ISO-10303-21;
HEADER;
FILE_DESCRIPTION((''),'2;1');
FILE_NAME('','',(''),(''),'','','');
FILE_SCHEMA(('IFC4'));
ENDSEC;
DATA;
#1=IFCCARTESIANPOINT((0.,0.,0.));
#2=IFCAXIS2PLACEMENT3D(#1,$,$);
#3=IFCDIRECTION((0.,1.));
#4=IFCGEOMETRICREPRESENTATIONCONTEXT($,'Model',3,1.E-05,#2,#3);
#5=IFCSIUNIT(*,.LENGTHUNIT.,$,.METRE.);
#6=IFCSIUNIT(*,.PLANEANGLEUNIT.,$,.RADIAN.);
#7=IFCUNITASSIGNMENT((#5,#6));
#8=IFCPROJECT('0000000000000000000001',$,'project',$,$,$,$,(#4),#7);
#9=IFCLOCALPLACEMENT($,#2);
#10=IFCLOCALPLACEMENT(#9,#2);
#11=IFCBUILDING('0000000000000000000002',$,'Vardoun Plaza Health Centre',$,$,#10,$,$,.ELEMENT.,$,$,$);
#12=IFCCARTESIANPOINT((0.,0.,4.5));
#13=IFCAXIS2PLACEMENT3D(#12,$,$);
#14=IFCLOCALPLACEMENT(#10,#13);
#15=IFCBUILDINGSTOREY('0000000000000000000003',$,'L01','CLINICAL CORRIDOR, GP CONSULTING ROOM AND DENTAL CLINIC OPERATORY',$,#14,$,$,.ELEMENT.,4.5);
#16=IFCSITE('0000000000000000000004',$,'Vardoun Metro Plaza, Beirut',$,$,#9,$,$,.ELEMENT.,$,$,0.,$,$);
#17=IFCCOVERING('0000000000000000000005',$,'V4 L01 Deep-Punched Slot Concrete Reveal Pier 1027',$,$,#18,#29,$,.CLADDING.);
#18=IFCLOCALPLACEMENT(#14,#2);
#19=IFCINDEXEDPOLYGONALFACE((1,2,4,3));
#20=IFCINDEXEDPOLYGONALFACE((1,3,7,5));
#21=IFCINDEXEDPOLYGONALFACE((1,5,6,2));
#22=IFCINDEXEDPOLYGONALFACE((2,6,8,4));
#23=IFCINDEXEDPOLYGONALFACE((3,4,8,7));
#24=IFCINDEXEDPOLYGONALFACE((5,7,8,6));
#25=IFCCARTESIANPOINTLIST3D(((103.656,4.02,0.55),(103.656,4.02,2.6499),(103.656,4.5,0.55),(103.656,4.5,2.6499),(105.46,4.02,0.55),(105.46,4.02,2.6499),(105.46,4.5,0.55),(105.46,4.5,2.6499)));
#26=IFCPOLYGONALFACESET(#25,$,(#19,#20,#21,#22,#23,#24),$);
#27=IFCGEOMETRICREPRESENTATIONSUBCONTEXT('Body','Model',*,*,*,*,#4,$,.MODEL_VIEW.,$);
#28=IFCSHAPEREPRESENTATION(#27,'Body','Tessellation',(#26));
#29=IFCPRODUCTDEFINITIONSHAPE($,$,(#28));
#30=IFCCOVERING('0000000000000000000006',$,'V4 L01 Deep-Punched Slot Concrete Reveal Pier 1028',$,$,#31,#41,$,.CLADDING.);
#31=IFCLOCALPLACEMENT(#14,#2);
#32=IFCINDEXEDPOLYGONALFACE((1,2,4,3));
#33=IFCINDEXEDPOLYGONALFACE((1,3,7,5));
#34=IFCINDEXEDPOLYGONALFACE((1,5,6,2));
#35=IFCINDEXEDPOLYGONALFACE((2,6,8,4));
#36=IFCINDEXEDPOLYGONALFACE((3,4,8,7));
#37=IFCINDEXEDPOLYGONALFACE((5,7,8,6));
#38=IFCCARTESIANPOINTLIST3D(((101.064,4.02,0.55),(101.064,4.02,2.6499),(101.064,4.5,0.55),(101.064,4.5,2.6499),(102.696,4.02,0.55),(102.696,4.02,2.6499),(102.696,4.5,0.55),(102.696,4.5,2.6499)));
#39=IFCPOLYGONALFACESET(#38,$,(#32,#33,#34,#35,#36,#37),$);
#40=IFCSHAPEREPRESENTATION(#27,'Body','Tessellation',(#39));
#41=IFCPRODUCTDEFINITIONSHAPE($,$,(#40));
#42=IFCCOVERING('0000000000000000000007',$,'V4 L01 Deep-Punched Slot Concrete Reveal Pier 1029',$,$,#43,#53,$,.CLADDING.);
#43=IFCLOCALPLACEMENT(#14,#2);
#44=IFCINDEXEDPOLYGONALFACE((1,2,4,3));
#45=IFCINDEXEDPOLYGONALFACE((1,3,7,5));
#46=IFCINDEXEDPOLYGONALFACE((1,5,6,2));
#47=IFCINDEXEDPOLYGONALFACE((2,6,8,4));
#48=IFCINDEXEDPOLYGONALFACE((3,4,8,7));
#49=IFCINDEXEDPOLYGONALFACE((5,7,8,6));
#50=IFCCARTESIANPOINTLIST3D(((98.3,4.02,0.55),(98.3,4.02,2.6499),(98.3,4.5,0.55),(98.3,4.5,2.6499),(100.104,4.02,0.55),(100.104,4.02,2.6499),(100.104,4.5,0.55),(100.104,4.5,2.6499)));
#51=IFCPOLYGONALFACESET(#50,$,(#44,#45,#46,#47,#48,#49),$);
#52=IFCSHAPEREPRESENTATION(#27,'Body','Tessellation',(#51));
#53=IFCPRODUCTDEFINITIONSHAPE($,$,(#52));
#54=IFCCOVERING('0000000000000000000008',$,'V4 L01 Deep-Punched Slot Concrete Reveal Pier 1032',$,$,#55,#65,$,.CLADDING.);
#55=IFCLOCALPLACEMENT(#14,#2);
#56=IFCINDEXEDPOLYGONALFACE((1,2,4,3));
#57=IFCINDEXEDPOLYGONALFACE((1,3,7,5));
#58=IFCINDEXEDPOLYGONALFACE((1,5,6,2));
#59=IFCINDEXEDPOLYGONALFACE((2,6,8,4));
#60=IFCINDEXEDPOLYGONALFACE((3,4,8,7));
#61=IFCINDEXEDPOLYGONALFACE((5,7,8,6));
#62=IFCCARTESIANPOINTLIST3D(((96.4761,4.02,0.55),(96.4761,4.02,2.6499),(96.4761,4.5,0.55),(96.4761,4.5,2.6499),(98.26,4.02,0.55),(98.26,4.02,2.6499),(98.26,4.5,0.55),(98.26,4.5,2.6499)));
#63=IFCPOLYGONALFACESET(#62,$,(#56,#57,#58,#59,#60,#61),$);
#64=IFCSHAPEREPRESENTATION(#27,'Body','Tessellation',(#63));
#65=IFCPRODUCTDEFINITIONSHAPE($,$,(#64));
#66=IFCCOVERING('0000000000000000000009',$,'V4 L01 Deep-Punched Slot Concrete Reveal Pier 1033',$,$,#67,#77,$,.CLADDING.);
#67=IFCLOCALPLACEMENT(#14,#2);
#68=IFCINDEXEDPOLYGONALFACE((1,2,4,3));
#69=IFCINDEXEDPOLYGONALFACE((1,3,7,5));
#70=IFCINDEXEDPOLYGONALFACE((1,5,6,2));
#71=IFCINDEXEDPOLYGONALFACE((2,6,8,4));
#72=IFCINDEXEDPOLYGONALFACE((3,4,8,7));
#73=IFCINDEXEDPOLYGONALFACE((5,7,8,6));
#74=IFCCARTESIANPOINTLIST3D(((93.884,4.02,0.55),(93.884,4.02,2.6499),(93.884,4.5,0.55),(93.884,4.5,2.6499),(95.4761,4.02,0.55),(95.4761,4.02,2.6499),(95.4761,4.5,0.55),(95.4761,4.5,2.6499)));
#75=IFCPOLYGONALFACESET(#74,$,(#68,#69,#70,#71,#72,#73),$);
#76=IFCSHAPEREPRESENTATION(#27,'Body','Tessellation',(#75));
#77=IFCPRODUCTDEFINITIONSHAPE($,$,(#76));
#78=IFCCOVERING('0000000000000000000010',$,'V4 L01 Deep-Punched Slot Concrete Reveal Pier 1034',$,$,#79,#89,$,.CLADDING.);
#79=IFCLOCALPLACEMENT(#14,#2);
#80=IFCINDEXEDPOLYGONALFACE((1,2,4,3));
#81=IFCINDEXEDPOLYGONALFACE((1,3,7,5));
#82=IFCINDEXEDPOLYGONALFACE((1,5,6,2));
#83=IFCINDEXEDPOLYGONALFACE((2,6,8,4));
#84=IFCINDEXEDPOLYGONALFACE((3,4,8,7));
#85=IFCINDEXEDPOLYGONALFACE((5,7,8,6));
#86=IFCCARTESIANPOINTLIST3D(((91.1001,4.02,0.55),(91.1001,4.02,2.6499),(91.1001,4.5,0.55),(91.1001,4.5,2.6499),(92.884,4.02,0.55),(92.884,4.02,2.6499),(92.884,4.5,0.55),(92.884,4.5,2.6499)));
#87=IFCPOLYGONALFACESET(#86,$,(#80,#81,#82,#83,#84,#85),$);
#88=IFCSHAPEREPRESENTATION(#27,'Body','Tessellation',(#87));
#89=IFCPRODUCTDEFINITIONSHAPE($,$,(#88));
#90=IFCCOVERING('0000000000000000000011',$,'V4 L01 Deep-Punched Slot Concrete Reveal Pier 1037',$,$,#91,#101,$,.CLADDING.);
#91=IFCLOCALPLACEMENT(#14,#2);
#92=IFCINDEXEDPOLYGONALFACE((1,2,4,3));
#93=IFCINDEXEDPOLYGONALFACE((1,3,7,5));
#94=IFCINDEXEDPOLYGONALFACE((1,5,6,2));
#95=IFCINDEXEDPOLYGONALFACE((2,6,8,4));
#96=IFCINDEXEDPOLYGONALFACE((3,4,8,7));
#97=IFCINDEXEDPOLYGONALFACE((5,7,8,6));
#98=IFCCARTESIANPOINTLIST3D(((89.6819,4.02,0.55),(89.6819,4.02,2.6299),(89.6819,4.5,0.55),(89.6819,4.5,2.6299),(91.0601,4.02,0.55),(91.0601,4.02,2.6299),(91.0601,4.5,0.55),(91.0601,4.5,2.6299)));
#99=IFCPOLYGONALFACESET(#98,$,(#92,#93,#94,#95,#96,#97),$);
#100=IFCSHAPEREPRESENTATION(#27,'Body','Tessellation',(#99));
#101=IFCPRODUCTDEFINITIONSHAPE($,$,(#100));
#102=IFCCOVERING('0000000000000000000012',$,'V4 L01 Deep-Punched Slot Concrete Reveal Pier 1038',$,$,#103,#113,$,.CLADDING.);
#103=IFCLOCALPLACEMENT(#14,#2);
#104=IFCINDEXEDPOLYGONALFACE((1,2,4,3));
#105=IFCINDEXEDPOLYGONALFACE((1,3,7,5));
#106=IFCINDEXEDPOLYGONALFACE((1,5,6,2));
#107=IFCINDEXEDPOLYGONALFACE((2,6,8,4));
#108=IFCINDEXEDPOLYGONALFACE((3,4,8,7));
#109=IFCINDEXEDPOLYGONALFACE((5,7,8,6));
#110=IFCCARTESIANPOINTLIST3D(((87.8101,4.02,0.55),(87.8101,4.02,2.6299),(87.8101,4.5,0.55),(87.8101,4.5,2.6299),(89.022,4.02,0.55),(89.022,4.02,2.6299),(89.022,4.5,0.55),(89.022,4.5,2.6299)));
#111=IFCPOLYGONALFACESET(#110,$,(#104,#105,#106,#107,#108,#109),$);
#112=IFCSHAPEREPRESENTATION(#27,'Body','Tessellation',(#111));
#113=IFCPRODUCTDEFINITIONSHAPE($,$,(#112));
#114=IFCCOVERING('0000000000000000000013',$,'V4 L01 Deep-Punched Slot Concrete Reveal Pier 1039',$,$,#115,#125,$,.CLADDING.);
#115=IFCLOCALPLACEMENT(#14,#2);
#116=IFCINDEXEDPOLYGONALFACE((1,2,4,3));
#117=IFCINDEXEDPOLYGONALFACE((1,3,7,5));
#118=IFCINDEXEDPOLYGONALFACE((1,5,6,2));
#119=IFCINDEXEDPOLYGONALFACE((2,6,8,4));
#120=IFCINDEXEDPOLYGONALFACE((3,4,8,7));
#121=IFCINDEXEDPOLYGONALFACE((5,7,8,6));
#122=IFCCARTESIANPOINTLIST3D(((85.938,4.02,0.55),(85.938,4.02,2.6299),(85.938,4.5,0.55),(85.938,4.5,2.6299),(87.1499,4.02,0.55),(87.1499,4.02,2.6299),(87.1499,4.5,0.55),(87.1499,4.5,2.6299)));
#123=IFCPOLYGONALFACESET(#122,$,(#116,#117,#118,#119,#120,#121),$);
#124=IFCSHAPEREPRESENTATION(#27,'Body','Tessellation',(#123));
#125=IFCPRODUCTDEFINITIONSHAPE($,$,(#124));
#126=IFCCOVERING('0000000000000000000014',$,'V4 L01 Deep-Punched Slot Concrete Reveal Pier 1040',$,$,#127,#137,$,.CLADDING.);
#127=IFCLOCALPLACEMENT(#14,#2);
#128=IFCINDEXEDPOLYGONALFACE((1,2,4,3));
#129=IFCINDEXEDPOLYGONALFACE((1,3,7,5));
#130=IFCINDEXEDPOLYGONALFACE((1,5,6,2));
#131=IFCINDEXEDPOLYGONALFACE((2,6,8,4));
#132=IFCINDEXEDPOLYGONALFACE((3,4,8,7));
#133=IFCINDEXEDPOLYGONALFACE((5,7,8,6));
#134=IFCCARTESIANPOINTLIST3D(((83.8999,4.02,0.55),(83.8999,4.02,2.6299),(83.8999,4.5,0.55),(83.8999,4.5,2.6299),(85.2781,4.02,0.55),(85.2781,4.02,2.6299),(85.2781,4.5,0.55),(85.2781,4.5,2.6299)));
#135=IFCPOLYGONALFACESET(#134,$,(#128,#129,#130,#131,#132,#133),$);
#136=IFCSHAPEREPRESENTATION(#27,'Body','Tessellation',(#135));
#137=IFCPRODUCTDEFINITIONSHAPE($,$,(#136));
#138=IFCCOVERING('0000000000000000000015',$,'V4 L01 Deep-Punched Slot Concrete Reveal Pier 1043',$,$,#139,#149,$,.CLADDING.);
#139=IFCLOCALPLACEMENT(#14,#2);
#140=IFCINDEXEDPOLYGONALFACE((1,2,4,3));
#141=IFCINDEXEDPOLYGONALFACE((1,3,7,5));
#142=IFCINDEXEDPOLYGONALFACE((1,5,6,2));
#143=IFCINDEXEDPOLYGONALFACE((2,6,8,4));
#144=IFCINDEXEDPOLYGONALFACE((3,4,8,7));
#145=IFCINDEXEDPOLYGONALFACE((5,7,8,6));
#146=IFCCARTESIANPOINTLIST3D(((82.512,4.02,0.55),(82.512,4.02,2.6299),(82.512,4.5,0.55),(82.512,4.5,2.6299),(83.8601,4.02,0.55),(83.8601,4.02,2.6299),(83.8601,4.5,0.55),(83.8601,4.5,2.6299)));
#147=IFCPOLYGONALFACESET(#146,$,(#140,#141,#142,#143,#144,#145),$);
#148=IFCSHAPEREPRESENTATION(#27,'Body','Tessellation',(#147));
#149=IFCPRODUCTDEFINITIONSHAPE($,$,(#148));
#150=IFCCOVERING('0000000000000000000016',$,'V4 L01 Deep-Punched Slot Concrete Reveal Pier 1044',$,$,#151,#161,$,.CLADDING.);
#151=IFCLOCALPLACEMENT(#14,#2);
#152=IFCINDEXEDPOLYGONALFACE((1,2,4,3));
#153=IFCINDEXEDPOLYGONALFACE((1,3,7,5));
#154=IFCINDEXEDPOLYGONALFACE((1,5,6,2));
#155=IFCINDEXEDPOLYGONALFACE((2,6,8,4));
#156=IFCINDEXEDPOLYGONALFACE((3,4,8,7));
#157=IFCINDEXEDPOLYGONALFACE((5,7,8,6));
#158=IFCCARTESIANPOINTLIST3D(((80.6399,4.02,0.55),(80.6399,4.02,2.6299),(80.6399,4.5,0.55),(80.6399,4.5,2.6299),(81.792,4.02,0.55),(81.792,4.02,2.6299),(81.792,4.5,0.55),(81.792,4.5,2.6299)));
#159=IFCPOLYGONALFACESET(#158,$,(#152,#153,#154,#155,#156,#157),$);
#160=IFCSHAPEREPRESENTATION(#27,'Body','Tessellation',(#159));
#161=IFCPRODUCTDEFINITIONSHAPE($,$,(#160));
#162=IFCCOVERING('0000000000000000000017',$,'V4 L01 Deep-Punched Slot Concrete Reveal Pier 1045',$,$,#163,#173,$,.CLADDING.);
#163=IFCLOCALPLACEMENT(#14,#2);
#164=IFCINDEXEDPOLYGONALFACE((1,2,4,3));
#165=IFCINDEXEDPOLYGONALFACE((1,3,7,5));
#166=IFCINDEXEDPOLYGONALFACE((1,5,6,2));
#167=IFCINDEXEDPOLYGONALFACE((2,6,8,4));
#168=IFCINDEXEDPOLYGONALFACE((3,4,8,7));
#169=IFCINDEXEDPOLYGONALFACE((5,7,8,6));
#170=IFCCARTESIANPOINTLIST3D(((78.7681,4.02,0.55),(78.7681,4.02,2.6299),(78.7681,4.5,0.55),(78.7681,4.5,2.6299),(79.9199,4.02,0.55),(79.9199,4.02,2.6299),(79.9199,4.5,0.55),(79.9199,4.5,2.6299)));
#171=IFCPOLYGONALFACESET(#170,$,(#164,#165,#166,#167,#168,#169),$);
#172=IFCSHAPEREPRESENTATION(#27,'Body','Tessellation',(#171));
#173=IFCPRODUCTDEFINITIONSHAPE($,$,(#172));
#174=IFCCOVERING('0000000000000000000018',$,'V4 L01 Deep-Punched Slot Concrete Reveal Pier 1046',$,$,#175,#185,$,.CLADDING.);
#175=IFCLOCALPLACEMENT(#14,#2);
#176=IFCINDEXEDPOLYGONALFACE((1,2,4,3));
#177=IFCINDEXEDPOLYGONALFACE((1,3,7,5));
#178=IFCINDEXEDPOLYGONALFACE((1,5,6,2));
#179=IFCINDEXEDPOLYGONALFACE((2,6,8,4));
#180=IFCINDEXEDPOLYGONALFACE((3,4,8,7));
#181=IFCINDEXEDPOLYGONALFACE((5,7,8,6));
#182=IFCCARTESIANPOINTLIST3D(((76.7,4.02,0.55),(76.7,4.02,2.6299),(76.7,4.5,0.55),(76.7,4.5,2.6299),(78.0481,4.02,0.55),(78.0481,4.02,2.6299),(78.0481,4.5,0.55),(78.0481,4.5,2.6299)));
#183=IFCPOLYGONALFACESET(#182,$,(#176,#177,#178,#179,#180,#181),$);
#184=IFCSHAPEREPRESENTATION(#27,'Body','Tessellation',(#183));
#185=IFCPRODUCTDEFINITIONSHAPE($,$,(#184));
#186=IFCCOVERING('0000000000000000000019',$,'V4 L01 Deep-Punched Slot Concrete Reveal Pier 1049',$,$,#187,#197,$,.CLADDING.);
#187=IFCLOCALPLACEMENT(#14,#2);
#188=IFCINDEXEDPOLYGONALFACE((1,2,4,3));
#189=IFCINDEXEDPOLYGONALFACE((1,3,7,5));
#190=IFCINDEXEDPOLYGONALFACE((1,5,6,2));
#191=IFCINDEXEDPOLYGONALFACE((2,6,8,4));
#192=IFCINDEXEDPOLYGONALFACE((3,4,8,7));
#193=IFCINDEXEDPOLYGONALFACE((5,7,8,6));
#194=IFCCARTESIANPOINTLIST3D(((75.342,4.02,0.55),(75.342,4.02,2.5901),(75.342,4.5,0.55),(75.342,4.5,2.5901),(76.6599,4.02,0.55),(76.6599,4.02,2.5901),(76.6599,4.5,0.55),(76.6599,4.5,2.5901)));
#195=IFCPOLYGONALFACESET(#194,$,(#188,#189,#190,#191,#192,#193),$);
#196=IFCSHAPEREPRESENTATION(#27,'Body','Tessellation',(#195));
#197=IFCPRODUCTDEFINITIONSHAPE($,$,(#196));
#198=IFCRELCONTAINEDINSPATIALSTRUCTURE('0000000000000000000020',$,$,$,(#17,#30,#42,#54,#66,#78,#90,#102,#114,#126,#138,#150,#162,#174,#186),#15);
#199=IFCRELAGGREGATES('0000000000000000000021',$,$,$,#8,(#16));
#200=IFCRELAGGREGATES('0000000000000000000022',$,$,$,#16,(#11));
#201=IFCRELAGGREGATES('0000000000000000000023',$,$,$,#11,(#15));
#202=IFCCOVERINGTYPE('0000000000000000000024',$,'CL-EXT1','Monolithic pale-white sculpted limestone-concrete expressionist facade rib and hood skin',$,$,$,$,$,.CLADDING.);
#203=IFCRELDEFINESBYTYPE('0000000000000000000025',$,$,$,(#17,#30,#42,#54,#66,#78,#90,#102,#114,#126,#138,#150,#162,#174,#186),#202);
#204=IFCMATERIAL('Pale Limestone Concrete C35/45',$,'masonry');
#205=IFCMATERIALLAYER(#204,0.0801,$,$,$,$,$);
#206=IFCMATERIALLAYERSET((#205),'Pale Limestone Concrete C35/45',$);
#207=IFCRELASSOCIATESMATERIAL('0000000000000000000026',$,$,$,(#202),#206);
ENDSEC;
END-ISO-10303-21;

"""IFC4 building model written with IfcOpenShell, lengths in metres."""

from ifc_helpers import new_model, si_unit, direction, frame, origin, place, context, subcontext, project, spatial, polyline, outline, extrude, material, layer, layer_set, type_object, element, save


model = new_model("IFC4")

# Units and contexts
model_context = context("Model", 3, precision=1e-05, world=origin(), true_north=direction((0.0, 1.0)))
body_context = subcontext(model_context, "Body", "Model", "MODEL_VIEW")
ifc_project = project(units=[si_unit("LENGTHUNIT", "METRE"), si_unit("PLANEANGLEUNIT", "RADIAN")], contexts=[model_context])

# Site, building, storey
site_placement = place(None, origin())
site = spatial("IfcSite", under=ifc_project, at=site_placement, Name="Vardoun Metro Plaza, Beirut", CompositionType="ELEMENT", RefElevation=0.0)
building_placement = place(site_placement, origin())
building = spatial("IfcBuilding", under=site, at=building_placement, Name="Vardoun Plaza Health Centre", CompositionType="ELEMENT")
storey_placement = place(building_placement, frame((0.0, 0.0, 4.5)))
storey = spatial("IfcBuildingStorey", under=building, at=storey_placement, Name="L01", Description="CLINICAL CORRIDOR, GP CONSULTING ROOM AND DENTAL CLINIC OPERATORY", CompositionType="ELEMENT", Elevation=4.5)

# Coverings
ifc_material = material(Name="Pale Limestone Concrete C35/45", Category="masonry")
ifc_layer = layer(ifc_material, 0.0801)
ifc_layer_set = layer_set([ifc_layer], Name="Pale Limestone Concrete C35/45")
covering_type = type_object("IfcCoveringType", Name="CL-EXT1", Description="Monolithic pale-white sculpted limestone-concrete expressionist facade rib and hood skin", PredefinedType="CLADDING", material=ifc_layer_set)
covering_1_placement = place(storey_placement, frame((0.0, 0.0, 0.55)))
element("IfcCovering", 1, at=covering_1_placement, inside=storey, type_object=covering_type, Name="V4 L01 Deep-Punched Slot Concrete Reveal Pier 1027", PredefinedType="CLADDING", context=body_context, shape_type="SweptSolid", body=[
    extrude(outline(polyline([(105.46, 4.5), (103.656, 4.5), (103.656, 4.02), (105.46, 4.02), (105.46, 4.5)])), origin(), (0.0, 0.0, 1.0), 2.0999),
])
covering_2_placement = place(storey_placement, frame((0.0, 0.0, 0.55)))
element("IfcCovering", 2, at=covering_2_placement, inside=storey, type_object=covering_type, Name="V4 L01 Deep-Punched Slot Concrete Reveal Pier 1028", PredefinedType="CLADDING", context=body_context, shape_type="SweptSolid", body=[
    extrude(outline(polyline([(102.696, 4.5), (101.064, 4.5), (101.064, 4.02), (102.696, 4.02), (102.696, 4.5)])), origin(), (0.0, 0.0, 1.0), 2.0999),
])
covering_3_placement = place(storey_placement, frame((0.0, 0.0, 0.55)))
element("IfcCovering", 3, at=covering_3_placement, inside=storey, type_object=covering_type, Name="V4 L01 Deep-Punched Slot Concrete Reveal Pier 1029", PredefinedType="CLADDING", context=body_context, shape_type="SweptSolid", body=[
    extrude(outline(polyline([(100.104, 4.5), (98.3, 4.5), (98.3, 4.02), (100.104, 4.02), (100.104, 4.5)])), origin(), (0.0, 0.0, 1.0), 2.0999),
])
covering_4_placement = place(storey_placement, frame((0.0, 0.0, 0.55)))
element("IfcCovering", 4, at=covering_4_placement, inside=storey, type_object=covering_type, Name="V4 L01 Deep-Punched Slot Concrete Reveal Pier 1032", PredefinedType="CLADDING", context=body_context, shape_type="SweptSolid", body=[
    extrude(outline(polyline([(98.26, 4.5), (96.4761, 4.5), (96.4761, 4.02), (98.26, 4.02), (98.26, 4.5)])), origin(), (0.0, 0.0, 1.0), 2.0999),
])
covering_5_placement = place(storey_placement, frame((0.0, 0.0, 0.55)))
element("IfcCovering", 5, at=covering_5_placement, inside=storey, type_object=covering_type, Name="V4 L01 Deep-Punched Slot Concrete Reveal Pier 1033", PredefinedType="CLADDING", context=body_context, shape_type="SweptSolid", body=[
    extrude(outline(polyline([(95.4761, 4.5), (93.884, 4.5), (93.884, 4.02), (95.4761, 4.02), (95.4761, 4.5)])), origin(), (0.0, 0.0, 1.0), 2.0999),
])
covering_6_placement = place(storey_placement, frame((0.0, 0.0, 0.55)))
element("IfcCovering", 6, at=covering_6_placement, inside=storey, type_object=covering_type, Name="V4 L01 Deep-Punched Slot Concrete Reveal Pier 1034", PredefinedType="CLADDING", context=body_context, shape_type="SweptSolid", body=[
    extrude(outline(polyline([(92.884, 4.5), (91.1001, 4.5), (91.1001, 4.02), (92.884, 4.02), (92.884, 4.5)])), origin(), (0.0, 0.0, 1.0), 2.0999),
])
covering_7_placement = place(storey_placement, frame((0.0, 0.0, 0.55)))
element("IfcCovering", 7, at=covering_7_placement, inside=storey, type_object=covering_type, Name="V4 L01 Deep-Punched Slot Concrete Reveal Pier 1037", PredefinedType="CLADDING", context=body_context, shape_type="SweptSolid", body=[
    extrude(outline(polyline([(91.0601, 4.5), (89.6819, 4.5), (89.6819, 4.02), (91.0601, 4.02), (91.0601, 4.5)])), origin(), (0.0, 0.0, 1.0), 2.0798),
])
covering_8_placement = place(storey_placement, frame((0.0, 0.0, 0.55)))
element("IfcCovering", 8, at=covering_8_placement, inside=storey, type_object=covering_type, Name="V4 L01 Deep-Punched Slot Concrete Reveal Pier 1038", PredefinedType="CLADDING", context=body_context, shape_type="SweptSolid", body=[
    extrude(outline(polyline([(89.022, 4.5), (87.8101, 4.5), (87.8101, 4.02), (89.022, 4.02), (89.022, 4.5)])), origin(), (0.0, 0.0, 1.0), 2.0798),
])
covering_9_placement = place(storey_placement, frame((0.0, 0.0, 0.55)))
element("IfcCovering", 9, at=covering_9_placement, inside=storey, type_object=covering_type, Name="V4 L01 Deep-Punched Slot Concrete Reveal Pier 1039", PredefinedType="CLADDING", context=body_context, shape_type="SweptSolid", body=[
    extrude(outline(polyline([(87.1499, 4.5), (85.938, 4.5), (85.938, 4.02), (87.1499, 4.02), (87.1499, 4.5)])), origin(), (0.0, 0.0, 1.0), 2.0798),
])
covering_10_placement = place(storey_placement, frame((0.0, 0.0, 0.55)))
element("IfcCovering", 10, at=covering_10_placement, inside=storey, type_object=covering_type, Name="V4 L01 Deep-Punched Slot Concrete Reveal Pier 1040", PredefinedType="CLADDING", context=body_context, shape_type="SweptSolid", body=[
    extrude(outline(polyline([(85.2781, 4.5), (83.8999, 4.5), (83.8999, 4.02), (85.2781, 4.02), (85.2781, 4.5)])), origin(), (0.0, 0.0, 1.0), 2.0798),
])
covering_11_placement = place(storey_placement, frame((0.0, 0.0, 0.55)))
element("IfcCovering", 11, at=covering_11_placement, inside=storey, type_object=covering_type, Name="V4 L01 Deep-Punched Slot Concrete Reveal Pier 1043", PredefinedType="CLADDING", context=body_context, shape_type="SweptSolid", body=[
    extrude(outline(polyline([(83.8601, 4.5), (82.512, 4.5), (82.512, 4.02), (83.8601, 4.02), (83.8601, 4.5)])), origin(), (0.0, 0.0, 1.0), 2.0798),
])
covering_12_placement = place(storey_placement, frame((0.0, 0.0, 0.55)))
element("IfcCovering", 12, at=covering_12_placement, inside=storey, type_object=covering_type, Name="V4 L01 Deep-Punched Slot Concrete Reveal Pier 1044", PredefinedType="CLADDING", context=body_context, shape_type="SweptSolid", body=[
    extrude(outline(polyline([(81.792, 4.5), (80.6399, 4.5), (80.6399, 4.02), (81.792, 4.02), (81.792, 4.5)])), origin(), (0.0, 0.0, 1.0), 2.0798),
])
covering_13_placement = place(storey_placement, frame((0.0, 0.0, 0.55)))
element("IfcCovering", 13, at=covering_13_placement, inside=storey, type_object=covering_type, Name="V4 L01 Deep-Punched Slot Concrete Reveal Pier 1045", PredefinedType="CLADDING", context=body_context, shape_type="SweptSolid", body=[
    extrude(outline(polyline([(79.9199, 4.5), (78.7681, 4.5), (78.7681, 4.02), (79.9199, 4.02), (79.9199, 4.5)])), origin(), (0.0, 0.0, 1.0), 2.0798),
])
covering_14_placement = place(storey_placement, frame((0.0, 0.0, 0.55)))
element("IfcCovering", 14, at=covering_14_placement, inside=storey, type_object=covering_type, Name="V4 L01 Deep-Punched Slot Concrete Reveal Pier 1046", PredefinedType="CLADDING", context=body_context, shape_type="SweptSolid", body=[
    extrude(outline(polyline([(78.0481, 4.5), (76.7, 4.5), (76.7, 4.02), (78.0481, 4.02), (78.0481, 4.5)])), origin(), (0.0, 0.0, 1.0), 2.0798),
])
covering_15_placement = place(storey_placement, frame((0.0, 0.0, 0.55)))
element("IfcCovering", 15, at=covering_15_placement, inside=storey, type_object=covering_type, Name="V4 L01 Deep-Punched Slot Concrete Reveal Pier 1049", PredefinedType="CLADDING", context=body_context, shape_type="SweptSolid", body=[
    extrude(outline(polyline([(76.6599, 4.5), (75.342, 4.5), (75.342, 4.02), (76.6599, 4.02), (76.6599, 4.5)])), origin(), (0.0, 0.0, 1.0), 2.04),
])

save(model, "model.ifc")
